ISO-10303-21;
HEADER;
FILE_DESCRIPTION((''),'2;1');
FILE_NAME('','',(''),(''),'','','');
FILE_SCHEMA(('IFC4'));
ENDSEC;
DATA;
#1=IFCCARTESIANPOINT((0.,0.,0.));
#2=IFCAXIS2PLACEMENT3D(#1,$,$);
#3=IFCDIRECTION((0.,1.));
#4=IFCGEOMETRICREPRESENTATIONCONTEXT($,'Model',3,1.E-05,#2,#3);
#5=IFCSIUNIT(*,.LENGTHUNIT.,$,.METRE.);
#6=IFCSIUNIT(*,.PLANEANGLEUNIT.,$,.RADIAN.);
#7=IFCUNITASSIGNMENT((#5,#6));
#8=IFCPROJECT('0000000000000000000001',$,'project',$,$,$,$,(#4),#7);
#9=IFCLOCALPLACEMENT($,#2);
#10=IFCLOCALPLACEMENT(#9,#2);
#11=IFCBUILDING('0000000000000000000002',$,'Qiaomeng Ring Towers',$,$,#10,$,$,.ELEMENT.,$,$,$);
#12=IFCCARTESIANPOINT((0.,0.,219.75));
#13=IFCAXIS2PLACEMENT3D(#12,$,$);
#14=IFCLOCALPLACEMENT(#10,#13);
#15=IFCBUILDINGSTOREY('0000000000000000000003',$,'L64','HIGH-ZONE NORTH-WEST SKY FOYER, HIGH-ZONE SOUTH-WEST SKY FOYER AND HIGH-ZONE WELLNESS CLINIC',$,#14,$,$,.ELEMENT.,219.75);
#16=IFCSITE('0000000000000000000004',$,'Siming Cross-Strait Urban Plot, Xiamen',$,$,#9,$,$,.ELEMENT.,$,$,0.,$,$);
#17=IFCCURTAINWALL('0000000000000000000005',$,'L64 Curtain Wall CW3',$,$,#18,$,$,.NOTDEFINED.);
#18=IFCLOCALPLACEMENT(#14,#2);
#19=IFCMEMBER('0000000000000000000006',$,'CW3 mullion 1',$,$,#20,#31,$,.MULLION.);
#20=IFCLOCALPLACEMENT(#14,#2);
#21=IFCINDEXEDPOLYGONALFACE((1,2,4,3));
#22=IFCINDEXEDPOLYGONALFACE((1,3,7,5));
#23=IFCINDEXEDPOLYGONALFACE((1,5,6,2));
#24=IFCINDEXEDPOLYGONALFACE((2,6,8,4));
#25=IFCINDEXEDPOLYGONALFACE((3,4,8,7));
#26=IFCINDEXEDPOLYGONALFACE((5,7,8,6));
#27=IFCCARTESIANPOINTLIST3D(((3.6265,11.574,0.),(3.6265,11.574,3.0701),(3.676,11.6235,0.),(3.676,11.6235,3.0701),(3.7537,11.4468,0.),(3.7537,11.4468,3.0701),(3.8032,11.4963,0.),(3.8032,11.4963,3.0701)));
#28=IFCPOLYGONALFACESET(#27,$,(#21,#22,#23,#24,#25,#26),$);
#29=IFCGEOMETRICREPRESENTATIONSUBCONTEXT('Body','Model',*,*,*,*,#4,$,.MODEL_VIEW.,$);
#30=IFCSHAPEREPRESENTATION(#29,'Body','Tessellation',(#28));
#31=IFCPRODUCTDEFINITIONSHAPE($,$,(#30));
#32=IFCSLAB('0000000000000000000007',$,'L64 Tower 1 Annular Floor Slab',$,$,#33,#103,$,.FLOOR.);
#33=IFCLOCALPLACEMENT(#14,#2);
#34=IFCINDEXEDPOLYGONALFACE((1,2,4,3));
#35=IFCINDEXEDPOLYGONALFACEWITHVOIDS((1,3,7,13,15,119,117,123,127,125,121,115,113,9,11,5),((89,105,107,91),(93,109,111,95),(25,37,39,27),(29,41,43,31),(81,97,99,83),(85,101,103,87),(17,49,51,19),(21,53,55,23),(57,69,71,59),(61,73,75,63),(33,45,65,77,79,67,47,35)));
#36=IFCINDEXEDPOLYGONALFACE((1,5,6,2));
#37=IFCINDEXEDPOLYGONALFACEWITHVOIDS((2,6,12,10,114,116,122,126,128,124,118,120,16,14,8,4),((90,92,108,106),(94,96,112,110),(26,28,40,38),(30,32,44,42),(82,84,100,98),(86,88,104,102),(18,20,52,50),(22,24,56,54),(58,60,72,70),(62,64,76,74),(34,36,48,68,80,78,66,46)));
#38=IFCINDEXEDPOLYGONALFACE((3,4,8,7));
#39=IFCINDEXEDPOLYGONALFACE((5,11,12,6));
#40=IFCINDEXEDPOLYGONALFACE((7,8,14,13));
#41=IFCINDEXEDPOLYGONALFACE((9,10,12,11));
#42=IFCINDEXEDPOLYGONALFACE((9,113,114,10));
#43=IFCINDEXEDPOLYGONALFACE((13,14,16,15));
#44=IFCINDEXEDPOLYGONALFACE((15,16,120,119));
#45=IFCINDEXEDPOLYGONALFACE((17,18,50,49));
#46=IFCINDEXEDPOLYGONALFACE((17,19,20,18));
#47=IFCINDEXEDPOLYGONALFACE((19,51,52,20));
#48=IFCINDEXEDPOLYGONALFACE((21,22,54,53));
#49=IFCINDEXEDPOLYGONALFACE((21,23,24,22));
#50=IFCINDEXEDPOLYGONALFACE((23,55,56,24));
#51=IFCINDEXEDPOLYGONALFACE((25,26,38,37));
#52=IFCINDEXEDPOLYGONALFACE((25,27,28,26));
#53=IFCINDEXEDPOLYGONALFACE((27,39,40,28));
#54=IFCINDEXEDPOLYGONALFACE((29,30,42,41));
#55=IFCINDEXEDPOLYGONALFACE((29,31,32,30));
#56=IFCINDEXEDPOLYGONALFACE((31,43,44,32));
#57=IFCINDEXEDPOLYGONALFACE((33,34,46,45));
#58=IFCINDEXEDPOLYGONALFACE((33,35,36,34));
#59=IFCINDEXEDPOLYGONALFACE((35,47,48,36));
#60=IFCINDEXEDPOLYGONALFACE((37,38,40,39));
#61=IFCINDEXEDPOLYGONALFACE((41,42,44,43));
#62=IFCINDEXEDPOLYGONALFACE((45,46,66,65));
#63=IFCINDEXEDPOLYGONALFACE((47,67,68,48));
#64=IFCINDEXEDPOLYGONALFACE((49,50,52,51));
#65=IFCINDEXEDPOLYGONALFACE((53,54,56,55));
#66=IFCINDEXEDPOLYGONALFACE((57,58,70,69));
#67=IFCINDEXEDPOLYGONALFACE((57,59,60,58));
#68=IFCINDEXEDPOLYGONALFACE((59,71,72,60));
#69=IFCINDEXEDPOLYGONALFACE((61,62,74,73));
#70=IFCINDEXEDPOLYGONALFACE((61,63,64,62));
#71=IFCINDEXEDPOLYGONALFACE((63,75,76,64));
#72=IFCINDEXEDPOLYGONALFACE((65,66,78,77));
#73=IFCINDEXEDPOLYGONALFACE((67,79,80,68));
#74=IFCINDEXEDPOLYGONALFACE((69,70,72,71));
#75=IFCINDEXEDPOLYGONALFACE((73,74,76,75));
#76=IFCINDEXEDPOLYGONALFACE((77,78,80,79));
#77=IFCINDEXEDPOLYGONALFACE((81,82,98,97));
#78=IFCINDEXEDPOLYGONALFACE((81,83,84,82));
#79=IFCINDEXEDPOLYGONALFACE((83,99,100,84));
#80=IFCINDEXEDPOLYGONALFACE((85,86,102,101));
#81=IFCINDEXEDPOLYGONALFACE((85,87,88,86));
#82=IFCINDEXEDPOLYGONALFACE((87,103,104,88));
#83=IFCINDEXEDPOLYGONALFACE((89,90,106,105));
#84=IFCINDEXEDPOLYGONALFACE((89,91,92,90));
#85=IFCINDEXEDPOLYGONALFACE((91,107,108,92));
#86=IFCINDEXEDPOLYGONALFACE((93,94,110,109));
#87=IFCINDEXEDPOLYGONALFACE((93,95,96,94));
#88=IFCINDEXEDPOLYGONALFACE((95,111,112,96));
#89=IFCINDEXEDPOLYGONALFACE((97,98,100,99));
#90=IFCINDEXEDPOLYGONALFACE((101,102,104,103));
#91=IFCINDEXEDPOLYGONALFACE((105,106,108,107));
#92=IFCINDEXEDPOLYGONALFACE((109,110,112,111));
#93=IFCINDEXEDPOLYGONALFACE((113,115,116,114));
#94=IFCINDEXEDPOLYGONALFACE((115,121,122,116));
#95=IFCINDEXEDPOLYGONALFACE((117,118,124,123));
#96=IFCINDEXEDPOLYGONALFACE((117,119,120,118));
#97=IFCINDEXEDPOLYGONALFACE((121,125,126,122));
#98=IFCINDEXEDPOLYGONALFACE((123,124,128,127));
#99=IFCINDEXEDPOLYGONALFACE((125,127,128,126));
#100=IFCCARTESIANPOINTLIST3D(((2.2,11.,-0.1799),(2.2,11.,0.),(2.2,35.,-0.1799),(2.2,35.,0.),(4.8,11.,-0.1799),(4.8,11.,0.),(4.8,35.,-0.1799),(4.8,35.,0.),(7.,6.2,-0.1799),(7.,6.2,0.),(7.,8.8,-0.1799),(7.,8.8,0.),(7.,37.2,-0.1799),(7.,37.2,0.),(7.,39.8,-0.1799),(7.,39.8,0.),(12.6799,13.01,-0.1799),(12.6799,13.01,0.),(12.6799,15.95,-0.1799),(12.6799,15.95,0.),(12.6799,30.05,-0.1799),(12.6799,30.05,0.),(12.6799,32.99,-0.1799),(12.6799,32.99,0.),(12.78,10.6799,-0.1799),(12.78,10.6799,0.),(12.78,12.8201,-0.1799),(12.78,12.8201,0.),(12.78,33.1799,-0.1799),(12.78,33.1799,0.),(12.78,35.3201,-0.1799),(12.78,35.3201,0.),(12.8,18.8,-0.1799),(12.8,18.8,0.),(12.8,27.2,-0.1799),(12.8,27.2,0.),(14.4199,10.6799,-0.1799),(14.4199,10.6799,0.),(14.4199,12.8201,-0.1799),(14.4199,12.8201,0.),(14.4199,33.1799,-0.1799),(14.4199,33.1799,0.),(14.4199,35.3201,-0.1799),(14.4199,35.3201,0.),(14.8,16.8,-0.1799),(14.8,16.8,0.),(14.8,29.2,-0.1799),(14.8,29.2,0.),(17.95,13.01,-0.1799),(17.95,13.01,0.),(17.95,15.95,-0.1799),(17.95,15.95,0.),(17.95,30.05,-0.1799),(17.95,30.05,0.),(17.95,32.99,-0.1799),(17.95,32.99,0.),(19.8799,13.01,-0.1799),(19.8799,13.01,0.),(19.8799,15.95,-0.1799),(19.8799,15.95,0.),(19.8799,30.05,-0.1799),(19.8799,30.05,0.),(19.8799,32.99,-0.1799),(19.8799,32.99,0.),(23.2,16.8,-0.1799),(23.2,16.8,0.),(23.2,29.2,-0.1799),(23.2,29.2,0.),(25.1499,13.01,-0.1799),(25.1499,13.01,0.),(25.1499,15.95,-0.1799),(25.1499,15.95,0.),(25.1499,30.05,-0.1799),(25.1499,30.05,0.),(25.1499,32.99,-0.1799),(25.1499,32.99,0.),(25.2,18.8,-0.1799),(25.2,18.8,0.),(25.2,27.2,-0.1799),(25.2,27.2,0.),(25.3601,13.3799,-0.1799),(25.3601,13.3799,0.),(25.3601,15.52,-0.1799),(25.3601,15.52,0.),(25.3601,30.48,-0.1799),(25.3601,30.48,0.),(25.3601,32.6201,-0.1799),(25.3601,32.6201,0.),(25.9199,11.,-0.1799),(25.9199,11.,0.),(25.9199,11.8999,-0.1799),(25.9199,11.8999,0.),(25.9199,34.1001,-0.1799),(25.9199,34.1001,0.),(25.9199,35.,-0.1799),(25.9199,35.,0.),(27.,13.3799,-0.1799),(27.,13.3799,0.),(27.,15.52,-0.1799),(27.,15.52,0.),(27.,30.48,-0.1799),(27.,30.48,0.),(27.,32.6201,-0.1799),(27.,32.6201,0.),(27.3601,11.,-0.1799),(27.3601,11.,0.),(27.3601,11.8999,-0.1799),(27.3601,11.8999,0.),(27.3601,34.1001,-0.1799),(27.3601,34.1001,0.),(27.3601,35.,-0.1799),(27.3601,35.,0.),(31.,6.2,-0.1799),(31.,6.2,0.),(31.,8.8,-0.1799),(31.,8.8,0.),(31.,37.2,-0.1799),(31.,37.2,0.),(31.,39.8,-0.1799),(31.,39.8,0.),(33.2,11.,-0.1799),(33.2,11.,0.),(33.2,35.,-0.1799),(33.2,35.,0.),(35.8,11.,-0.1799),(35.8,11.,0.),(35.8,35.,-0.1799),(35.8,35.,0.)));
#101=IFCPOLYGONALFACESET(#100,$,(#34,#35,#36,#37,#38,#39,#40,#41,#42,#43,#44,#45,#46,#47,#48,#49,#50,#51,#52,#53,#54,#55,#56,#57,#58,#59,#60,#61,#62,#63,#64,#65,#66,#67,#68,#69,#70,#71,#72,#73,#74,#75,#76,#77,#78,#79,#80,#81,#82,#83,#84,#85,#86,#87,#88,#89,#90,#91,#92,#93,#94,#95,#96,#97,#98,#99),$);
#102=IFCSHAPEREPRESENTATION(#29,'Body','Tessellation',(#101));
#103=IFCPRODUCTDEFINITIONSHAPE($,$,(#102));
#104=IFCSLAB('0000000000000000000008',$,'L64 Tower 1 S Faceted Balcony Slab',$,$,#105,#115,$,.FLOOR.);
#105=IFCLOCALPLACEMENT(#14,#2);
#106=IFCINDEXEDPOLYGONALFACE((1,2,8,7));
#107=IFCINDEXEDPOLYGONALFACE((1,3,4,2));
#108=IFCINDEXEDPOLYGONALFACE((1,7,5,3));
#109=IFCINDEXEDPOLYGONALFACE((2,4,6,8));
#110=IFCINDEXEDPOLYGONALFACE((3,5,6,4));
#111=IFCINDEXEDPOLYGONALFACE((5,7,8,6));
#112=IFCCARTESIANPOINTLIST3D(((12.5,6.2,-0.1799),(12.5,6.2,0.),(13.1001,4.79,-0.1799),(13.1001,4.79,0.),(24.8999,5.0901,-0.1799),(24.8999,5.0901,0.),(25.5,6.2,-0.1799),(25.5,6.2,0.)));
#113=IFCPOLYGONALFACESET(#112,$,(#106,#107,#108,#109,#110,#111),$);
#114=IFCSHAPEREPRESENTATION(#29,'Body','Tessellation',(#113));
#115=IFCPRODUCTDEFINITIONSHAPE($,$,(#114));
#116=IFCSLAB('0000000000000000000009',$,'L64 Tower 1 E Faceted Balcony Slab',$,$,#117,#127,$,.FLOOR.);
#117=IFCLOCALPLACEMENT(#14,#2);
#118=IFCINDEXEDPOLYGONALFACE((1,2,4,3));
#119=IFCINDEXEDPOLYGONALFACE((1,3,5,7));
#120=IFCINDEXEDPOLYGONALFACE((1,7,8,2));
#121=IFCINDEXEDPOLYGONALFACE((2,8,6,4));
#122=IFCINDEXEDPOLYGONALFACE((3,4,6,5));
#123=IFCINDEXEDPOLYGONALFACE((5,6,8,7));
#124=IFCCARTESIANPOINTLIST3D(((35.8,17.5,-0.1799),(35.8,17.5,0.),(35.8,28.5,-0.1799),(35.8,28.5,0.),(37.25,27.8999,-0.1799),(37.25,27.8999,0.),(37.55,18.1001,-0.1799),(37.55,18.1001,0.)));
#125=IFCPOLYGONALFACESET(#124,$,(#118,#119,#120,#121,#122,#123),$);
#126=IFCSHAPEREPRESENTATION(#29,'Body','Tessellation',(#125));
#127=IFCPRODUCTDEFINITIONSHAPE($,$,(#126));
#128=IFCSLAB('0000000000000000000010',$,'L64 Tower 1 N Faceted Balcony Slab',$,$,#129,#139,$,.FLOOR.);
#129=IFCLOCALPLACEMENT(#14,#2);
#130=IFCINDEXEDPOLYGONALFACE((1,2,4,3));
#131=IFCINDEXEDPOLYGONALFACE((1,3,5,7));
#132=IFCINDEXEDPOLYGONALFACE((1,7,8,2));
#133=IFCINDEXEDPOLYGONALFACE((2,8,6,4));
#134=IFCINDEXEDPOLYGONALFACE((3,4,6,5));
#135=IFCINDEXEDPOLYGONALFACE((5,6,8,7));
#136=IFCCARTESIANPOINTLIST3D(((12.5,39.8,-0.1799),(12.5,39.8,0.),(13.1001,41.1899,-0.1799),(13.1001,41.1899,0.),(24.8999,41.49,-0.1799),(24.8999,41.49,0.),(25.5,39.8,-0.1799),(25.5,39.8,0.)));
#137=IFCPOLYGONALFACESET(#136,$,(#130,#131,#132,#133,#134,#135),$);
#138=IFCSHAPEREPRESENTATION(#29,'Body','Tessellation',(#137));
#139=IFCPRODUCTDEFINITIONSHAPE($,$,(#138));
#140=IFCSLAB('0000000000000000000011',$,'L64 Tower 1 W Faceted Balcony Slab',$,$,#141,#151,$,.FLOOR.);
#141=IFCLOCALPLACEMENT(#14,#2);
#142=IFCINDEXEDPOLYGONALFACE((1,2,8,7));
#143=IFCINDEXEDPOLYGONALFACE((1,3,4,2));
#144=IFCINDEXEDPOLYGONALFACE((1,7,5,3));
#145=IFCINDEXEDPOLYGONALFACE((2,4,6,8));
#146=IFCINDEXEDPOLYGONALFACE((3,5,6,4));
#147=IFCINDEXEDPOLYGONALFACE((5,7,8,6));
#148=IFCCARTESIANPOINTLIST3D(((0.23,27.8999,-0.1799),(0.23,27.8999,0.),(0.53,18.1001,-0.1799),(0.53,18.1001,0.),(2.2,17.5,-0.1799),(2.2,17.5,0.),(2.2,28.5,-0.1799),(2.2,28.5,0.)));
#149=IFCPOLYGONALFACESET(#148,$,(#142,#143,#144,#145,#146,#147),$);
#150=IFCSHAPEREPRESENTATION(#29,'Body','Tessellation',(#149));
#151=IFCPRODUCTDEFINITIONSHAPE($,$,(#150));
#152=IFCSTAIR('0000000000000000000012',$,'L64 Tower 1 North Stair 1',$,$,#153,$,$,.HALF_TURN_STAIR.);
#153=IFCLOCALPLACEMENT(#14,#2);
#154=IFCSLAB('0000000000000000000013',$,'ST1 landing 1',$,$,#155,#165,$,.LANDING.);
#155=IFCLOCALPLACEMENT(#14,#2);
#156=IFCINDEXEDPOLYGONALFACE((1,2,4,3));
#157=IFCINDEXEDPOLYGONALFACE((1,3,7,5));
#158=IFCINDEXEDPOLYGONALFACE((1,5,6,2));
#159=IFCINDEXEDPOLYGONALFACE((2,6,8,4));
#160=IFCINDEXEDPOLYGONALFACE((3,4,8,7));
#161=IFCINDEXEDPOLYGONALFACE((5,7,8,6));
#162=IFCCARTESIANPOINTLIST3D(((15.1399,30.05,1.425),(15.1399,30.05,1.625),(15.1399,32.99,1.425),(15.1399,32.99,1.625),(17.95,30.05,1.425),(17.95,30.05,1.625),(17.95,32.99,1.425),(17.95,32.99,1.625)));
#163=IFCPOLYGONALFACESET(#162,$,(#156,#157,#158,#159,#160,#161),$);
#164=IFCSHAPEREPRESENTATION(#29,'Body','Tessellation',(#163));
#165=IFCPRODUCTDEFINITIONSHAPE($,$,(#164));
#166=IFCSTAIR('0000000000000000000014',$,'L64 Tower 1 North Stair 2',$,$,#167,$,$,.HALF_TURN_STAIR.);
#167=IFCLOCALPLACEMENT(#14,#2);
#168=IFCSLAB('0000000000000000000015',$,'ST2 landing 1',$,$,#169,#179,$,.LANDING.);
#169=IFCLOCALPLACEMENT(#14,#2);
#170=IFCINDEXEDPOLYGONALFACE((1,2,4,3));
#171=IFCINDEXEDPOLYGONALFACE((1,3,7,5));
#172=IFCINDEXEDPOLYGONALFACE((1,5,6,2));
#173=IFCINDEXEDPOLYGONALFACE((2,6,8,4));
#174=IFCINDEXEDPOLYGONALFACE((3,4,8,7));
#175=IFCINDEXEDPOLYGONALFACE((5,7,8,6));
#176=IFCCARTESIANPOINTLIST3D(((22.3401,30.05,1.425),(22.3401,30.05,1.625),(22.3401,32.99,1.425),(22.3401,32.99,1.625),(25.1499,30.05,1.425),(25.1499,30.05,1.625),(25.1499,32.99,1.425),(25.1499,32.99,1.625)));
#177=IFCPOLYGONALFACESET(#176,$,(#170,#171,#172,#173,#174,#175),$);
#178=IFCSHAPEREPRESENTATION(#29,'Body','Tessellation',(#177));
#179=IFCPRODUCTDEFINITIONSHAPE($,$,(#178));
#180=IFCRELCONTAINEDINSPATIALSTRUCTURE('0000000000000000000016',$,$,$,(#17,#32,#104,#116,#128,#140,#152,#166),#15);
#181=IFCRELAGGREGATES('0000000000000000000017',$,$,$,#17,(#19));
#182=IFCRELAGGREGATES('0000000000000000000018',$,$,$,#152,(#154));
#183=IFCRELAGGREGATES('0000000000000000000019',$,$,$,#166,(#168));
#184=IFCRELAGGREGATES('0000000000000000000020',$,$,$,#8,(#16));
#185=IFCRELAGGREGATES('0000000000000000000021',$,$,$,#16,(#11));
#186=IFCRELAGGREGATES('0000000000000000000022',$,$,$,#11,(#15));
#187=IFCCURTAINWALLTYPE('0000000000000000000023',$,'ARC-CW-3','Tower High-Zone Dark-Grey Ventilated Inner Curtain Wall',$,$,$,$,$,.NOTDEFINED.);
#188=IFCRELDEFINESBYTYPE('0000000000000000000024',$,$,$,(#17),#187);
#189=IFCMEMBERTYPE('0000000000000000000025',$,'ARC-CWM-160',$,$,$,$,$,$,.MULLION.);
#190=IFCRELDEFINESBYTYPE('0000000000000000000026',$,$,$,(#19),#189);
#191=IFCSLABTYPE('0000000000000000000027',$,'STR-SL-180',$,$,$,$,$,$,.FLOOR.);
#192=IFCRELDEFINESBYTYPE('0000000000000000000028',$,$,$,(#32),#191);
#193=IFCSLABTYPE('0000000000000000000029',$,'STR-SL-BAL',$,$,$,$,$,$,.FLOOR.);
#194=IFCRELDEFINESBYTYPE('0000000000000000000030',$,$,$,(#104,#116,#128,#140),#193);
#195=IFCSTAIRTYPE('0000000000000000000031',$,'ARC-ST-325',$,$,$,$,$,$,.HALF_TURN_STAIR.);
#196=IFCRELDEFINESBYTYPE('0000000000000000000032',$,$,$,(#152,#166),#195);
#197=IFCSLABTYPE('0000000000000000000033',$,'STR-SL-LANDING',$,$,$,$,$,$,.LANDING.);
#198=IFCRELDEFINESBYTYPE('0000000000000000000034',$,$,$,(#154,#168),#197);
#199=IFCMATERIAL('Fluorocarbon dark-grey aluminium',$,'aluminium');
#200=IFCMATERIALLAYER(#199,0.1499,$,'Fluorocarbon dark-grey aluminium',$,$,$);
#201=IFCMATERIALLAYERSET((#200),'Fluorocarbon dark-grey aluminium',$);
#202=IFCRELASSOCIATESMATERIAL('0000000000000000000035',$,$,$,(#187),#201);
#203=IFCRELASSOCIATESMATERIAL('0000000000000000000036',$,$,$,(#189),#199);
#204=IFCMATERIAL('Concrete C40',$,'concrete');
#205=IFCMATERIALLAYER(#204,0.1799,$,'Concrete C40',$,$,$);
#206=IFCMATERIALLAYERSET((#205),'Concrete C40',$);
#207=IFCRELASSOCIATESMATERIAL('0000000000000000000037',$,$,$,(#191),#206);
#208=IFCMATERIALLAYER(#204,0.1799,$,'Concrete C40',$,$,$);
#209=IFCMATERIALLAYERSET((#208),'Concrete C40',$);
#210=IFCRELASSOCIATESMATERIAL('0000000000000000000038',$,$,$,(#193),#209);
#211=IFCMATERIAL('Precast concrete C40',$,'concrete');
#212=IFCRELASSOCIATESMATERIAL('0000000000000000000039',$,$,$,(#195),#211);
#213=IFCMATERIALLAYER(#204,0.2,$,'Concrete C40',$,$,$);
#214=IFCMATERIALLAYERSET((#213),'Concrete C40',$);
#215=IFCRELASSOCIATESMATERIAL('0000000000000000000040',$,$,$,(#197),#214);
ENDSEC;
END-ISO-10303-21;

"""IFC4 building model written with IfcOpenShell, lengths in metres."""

from ifc_helpers import new_model, si_unit, direction, frame, origin, origin_2d, place, context, subcontext, project, spatial, polyline, rectangle, outline, extrude, source, transform, mapped, material, layer, layer_set, material_profile, profile_set, type_object, element, aggregate, save


model = new_model("IFC4")

# Units and contexts
model_context = context("Model", 3, precision=1e-05, world=origin(), true_north=direction((0.0, 1.0)))
body_context = subcontext(model_context, "Body", "Model", "MODEL_VIEW")
ifc_project = project(units=[si_unit("LENGTHUNIT", "METRE"), si_unit("PLANEANGLEUNIT", "RADIAN")], contexts=[model_context])

# Site, building, storey
site_placement = place(None, origin())
site = spatial("IfcSite", under=ifc_project, at=site_placement, Name="Siming Cross-Strait Urban Plot, Xiamen", CompositionType="ELEMENT", RefElevation=0.0)
building_placement = place(site_placement, origin())
building = spatial("IfcBuilding", under=site, at=building_placement, Name="Qiaomeng Ring Towers", CompositionType="ELEMENT")
storey_placement = place(building_placement, frame((0.0, 0.0, 219.75)))
storey = spatial("IfcBuildingStorey", under=building, at=storey_placement, Name="L64", Description="HIGH-ZONE NORTH-WEST SKY FOYER, HIGH-ZONE SOUTH-WEST SKY FOYER AND HIGH-ZONE WELLNESS CLINIC", CompositionType="ELEMENT", Elevation=219.75)

# Curtain wall, member
ifc_material_1 = material(Name="Fluorocarbon dark-grey aluminium", Category="aluminium")
ifc_layer_1 = layer(ifc_material_1, 0.1499, Name="Fluorocarbon dark-grey aluminium")
ifc_layer_set_1 = layer_set([ifc_layer_1], Name="Fluorocarbon dark-grey aluminium")
curtain_wall_type = type_object("IfcCurtainWallType", Name="ARC-CW-3", Description="Tower High-Zone Dark-Grey Ventilated Inner Curtain Wall", PredefinedType="NOTDEFINED", material=ifc_layer_set_1)
curtain_wall_placement = place(storey_placement, origin())
curtain_wall = element("IfcCurtainWall", 1, at=curtain_wall_placement, inside=storey, type_object=curtain_wall_type, Name="L64 Curtain Wall CW3", PredefinedType="NOTDEFINED")
ifc_material_profile = material_profile(ifc_material_1, rectangle(XDim=0.0701, YDim=0.1799, at=origin_2d()), Name="ALU MULL 70x180")
ifc_profile_set = profile_set([ifc_material_profile], Name="Fluorocarbon dark-grey aluminium")
member_type = type_object("IfcMemberType", Name="ARC-CWM-160", PredefinedType="MULLION", material=ifc_profile_set)
shared_shape_1 = source(origin(), body_context, "Body", "SweptSolid", [
    extrude(rectangle(XDim=0.0701, YDim=0.1799, at=origin_2d()), origin(), (0.0, 0.0, 1.0), 3.0701),
])
member_placement = place(storey_placement, frame((3.7148, 11.5352, 0.0), z_axis=(0.0, 0.0, 1.0), x_axis=(0.707107, 0.707107, 0.0)))
member = element("IfcMember", 2, at=member_placement, type_object=member_type, Name="CW3 mullion 1", PredefinedType="MULLION", context=body_context, shape_type="MappedRepresentation", body=[
    mapped(shared_shape_1, transform((0.0, 0.0, 0.0), x_axis=(1.0, 0.0, 0.0), y_axis=(0.0, 1.0, 0.0), z_axis=(0.0, 0.0, 1.0), scale=1.0)),
])
aggregate(curtain_wall, [member])

# Slabs
ifc_material_2 = material(Name="Concrete C40", Category="concrete")
ifc_layer_2 = layer(ifc_material_2, 0.1799, Name="Concrete C40")
ifc_layer_set_2 = layer_set([ifc_layer_2], Name="Concrete C40")
slab_type_1 = type_object("IfcSlabType", Name="STR-SL-180", PredefinedType="FLOOR", material=ifc_layer_set_2)
slab_1_placement = place(storey_placement, frame((0.0, 0.0, -0.1799)))
element("IfcSlab", 3, at=slab_1_placement, inside=storey, type_object=slab_type_1, Name="L64 Tower 1 Annular Floor Slab", PredefinedType="FLOOR", context=body_context, shape_type="SweptSolid", body=[
    extrude(outline(polyline([(7.0, 6.2), (31.0, 6.2), (31.0, 8.8), (33.2, 11.0), (35.8, 11.0), (35.8, 35.0), (33.2, 35.0), (31.0, 37.2), (31.0, 39.8), (7.0, 39.8), (7.0, 37.2), (4.8, 35.0), (2.2, 35.0), (2.2, 11.0), (4.8, 11.0), (7.0, 8.8), (7.0, 6.2)]), holes=[polyline([(12.78, 10.6799), (12.78, 12.8201), (14.4199, 12.8201), (14.4199, 10.6799), (12.78, 10.6799)]), polyline([(12.6799, 13.01), (12.6799, 15.95), (17.95, 15.95), (17.95, 13.01), (12.6799, 13.01)]), polyline([(23.2, 29.2), (25.2, 27.2), (25.2, 18.8), (23.2, 16.8), (14.8, 16.8), (12.8, 18.8), (12.8, 27.2), (14.8, 29.2), (23.2, 29.2)]), polyline([(12.6799, 32.99), (17.95, 32.99), (17.95, 30.05), (12.6799, 30.05), (12.6799, 32.99)]), polyline([(19.8799, 32.99), (25.1499, 32.99), (25.1499, 30.05), (19.8799, 30.05), (19.8799, 32.99)]), polyline([(12.78, 33.1799), (12.78, 35.3201), (14.4199, 35.3201), (14.4199, 33.1799), (12.78, 33.1799)]), polyline([(25.9199, 11.8999), (27.3601, 11.8999), (27.3601, 11.0), (25.9199, 11.0), (25.9199, 11.8999)]), polyline([(25.3601, 15.52), (27.0, 15.52), (27.0, 13.3799), (25.3601, 13.3799), (25.3601, 15.52)]), polyline([(19.8799, 13.01), (19.8799, 15.95), (25.1499, 15.95), (25.1499, 13.01), (19.8799, 13.01)]), polyline([(25.3601, 32.6201), (27.0, 32.6201), (27.0, 30.48), (25.3601, 30.48), (25.3601, 32.6201)]), polyline([(25.9199, 35.0), (27.3601, 35.0), (27.3601, 34.1001), (25.9199, 34.1001), (25.9199, 35.0)])]), origin(), (0.0, 0.0, 1.0), 0.1799),
])
ifc_layer_3 = layer(ifc_material_2, 0.1799, Name="Concrete C40")
ifc_layer_set_3 = layer_set([ifc_layer_3], Name="Concrete C40")
slab_type_2 = type_object("IfcSlabType", Name="STR-SL-BAL", PredefinedType="FLOOR", material=ifc_layer_set_3)
slab_2_placement = place(storey_placement, frame((0.0, 0.0, -0.1799)))
element("IfcSlab", 4, at=slab_2_placement, inside=storey, type_object=slab_type_2, Name="L64 Tower 1 S Faceted Balcony Slab", PredefinedType="FLOOR", context=body_context, shape_type="SweptSolid", body=[
    extrude(outline(polyline([(25.5, 6.2), (24.8999, 5.0901), (13.1001, 4.79), (12.5, 6.2), (25.5, 6.2)])), origin(), (0.0, 0.0, 1.0), 0.1799),
])
slab_3_placement = place(storey_placement, frame((0.0, 0.0, -0.1799)))
element("IfcSlab", 5, at=slab_3_placement, inside=storey, type_object=slab_type_2, Name="L64 Tower 1 E Faceted Balcony Slab", PredefinedType="FLOOR", context=body_context, shape_type="SweptSolid", body=[
    extrude(outline(polyline([(37.25, 27.8999), (37.55, 18.1001), (35.8, 17.5), (35.8, 28.5), (37.25, 27.8999)])), origin(), (0.0, 0.0, 1.0), 0.1799),
])
slab_4_placement = place(storey_placement, frame((0.0, 0.0, -0.1799)))
element("IfcSlab", 6, at=slab_4_placement, inside=storey, type_object=slab_type_2, Name="L64 Tower 1 N Faceted Balcony Slab", PredefinedType="FLOOR", context=body_context, shape_type="SweptSolid", body=[
    extrude(outline(polyline([(12.5, 39.8), (13.1001, 41.1899), (24.8999, 41.49), (25.5, 39.8), (12.5, 39.8)])), origin(), (0.0, 0.0, 1.0), 0.1799),
])
slab_5_placement = place(storey_placement, frame((0.0, 0.0, -0.1799)))
element("IfcSlab", 7, at=slab_5_placement, inside=storey, type_object=slab_type_2, Name="L64 Tower 1 W Faceted Balcony Slab", PredefinedType="FLOOR", context=body_context, shape_type="SweptSolid", body=[
    extrude(outline(polyline([(0.53, 18.1001), (0.23, 27.8999), (2.2, 28.5), (2.2, 17.5), (0.53, 18.1001)])), origin(), (0.0, 0.0, 1.0), 0.1799),
])

# Stairs, slabs
ifc_material_3 = material(Name="Precast concrete C40", Category="concrete")
stair_type = type_object("IfcStairType", Name="ARC-ST-325", PredefinedType="HALF_TURN_STAIR", material=ifc_material_3)
stair_1_placement = place(storey_placement, origin())
stair_1 = element("IfcStair", 8, at=stair_1_placement, inside=storey, type_object=stair_type, Name="L64 Tower 1 North Stair 1", PredefinedType="HALF_TURN_STAIR")
ifc_layer_4 = layer(ifc_material_2, 0.2, Name="Concrete C40")
ifc_layer_set_4 = layer_set([ifc_layer_4], Name="Concrete C40")
slab_type_3 = type_object("IfcSlabType", Name="STR-SL-LANDING", PredefinedType="LANDING", material=ifc_layer_set_4)
slab_6_placement = place(storey_placement, frame((0.0, 0.0, 1.425)))
slab_6 = element("IfcSlab", 9, at=slab_6_placement, type_object=slab_type_3, Name="ST1 landing 1", PredefinedType="LANDING", context=body_context, shape_type="SweptSolid", body=[
    extrude(outline(polyline([(15.1399, 30.05), (17.95, 30.05), (17.95, 32.99), (15.1399, 32.99), (15.1399, 30.05)])), origin(), (0.0, 0.0, 1.0), 0.2),
])
aggregate(stair_1, [slab_6])
stair_2_placement = place(storey_placement, origin())
stair_2 = element("IfcStair", 10, at=stair_2_placement, inside=storey, type_object=stair_type, Name="L64 Tower 1 North Stair 2", PredefinedType="HALF_TURN_STAIR")
slab_7_placement = place(storey_placement, frame((0.0, 0.0, 1.425)))
slab_7 = element("IfcSlab", 11, at=slab_7_placement, type_object=slab_type_3, Name="ST2 landing 1", PredefinedType="LANDING", context=body_context, shape_type="SweptSolid", body=[
    extrude(outline(polyline([(22.3401, 30.05), (25.1499, 30.05), (25.1499, 32.99), (22.3401, 32.99), (22.3401, 30.05)])), origin(), (0.0, 0.0, 1.0), 0.2),
])
aggregate(stair_2, [slab_7])

save(model, "model.ifc")
